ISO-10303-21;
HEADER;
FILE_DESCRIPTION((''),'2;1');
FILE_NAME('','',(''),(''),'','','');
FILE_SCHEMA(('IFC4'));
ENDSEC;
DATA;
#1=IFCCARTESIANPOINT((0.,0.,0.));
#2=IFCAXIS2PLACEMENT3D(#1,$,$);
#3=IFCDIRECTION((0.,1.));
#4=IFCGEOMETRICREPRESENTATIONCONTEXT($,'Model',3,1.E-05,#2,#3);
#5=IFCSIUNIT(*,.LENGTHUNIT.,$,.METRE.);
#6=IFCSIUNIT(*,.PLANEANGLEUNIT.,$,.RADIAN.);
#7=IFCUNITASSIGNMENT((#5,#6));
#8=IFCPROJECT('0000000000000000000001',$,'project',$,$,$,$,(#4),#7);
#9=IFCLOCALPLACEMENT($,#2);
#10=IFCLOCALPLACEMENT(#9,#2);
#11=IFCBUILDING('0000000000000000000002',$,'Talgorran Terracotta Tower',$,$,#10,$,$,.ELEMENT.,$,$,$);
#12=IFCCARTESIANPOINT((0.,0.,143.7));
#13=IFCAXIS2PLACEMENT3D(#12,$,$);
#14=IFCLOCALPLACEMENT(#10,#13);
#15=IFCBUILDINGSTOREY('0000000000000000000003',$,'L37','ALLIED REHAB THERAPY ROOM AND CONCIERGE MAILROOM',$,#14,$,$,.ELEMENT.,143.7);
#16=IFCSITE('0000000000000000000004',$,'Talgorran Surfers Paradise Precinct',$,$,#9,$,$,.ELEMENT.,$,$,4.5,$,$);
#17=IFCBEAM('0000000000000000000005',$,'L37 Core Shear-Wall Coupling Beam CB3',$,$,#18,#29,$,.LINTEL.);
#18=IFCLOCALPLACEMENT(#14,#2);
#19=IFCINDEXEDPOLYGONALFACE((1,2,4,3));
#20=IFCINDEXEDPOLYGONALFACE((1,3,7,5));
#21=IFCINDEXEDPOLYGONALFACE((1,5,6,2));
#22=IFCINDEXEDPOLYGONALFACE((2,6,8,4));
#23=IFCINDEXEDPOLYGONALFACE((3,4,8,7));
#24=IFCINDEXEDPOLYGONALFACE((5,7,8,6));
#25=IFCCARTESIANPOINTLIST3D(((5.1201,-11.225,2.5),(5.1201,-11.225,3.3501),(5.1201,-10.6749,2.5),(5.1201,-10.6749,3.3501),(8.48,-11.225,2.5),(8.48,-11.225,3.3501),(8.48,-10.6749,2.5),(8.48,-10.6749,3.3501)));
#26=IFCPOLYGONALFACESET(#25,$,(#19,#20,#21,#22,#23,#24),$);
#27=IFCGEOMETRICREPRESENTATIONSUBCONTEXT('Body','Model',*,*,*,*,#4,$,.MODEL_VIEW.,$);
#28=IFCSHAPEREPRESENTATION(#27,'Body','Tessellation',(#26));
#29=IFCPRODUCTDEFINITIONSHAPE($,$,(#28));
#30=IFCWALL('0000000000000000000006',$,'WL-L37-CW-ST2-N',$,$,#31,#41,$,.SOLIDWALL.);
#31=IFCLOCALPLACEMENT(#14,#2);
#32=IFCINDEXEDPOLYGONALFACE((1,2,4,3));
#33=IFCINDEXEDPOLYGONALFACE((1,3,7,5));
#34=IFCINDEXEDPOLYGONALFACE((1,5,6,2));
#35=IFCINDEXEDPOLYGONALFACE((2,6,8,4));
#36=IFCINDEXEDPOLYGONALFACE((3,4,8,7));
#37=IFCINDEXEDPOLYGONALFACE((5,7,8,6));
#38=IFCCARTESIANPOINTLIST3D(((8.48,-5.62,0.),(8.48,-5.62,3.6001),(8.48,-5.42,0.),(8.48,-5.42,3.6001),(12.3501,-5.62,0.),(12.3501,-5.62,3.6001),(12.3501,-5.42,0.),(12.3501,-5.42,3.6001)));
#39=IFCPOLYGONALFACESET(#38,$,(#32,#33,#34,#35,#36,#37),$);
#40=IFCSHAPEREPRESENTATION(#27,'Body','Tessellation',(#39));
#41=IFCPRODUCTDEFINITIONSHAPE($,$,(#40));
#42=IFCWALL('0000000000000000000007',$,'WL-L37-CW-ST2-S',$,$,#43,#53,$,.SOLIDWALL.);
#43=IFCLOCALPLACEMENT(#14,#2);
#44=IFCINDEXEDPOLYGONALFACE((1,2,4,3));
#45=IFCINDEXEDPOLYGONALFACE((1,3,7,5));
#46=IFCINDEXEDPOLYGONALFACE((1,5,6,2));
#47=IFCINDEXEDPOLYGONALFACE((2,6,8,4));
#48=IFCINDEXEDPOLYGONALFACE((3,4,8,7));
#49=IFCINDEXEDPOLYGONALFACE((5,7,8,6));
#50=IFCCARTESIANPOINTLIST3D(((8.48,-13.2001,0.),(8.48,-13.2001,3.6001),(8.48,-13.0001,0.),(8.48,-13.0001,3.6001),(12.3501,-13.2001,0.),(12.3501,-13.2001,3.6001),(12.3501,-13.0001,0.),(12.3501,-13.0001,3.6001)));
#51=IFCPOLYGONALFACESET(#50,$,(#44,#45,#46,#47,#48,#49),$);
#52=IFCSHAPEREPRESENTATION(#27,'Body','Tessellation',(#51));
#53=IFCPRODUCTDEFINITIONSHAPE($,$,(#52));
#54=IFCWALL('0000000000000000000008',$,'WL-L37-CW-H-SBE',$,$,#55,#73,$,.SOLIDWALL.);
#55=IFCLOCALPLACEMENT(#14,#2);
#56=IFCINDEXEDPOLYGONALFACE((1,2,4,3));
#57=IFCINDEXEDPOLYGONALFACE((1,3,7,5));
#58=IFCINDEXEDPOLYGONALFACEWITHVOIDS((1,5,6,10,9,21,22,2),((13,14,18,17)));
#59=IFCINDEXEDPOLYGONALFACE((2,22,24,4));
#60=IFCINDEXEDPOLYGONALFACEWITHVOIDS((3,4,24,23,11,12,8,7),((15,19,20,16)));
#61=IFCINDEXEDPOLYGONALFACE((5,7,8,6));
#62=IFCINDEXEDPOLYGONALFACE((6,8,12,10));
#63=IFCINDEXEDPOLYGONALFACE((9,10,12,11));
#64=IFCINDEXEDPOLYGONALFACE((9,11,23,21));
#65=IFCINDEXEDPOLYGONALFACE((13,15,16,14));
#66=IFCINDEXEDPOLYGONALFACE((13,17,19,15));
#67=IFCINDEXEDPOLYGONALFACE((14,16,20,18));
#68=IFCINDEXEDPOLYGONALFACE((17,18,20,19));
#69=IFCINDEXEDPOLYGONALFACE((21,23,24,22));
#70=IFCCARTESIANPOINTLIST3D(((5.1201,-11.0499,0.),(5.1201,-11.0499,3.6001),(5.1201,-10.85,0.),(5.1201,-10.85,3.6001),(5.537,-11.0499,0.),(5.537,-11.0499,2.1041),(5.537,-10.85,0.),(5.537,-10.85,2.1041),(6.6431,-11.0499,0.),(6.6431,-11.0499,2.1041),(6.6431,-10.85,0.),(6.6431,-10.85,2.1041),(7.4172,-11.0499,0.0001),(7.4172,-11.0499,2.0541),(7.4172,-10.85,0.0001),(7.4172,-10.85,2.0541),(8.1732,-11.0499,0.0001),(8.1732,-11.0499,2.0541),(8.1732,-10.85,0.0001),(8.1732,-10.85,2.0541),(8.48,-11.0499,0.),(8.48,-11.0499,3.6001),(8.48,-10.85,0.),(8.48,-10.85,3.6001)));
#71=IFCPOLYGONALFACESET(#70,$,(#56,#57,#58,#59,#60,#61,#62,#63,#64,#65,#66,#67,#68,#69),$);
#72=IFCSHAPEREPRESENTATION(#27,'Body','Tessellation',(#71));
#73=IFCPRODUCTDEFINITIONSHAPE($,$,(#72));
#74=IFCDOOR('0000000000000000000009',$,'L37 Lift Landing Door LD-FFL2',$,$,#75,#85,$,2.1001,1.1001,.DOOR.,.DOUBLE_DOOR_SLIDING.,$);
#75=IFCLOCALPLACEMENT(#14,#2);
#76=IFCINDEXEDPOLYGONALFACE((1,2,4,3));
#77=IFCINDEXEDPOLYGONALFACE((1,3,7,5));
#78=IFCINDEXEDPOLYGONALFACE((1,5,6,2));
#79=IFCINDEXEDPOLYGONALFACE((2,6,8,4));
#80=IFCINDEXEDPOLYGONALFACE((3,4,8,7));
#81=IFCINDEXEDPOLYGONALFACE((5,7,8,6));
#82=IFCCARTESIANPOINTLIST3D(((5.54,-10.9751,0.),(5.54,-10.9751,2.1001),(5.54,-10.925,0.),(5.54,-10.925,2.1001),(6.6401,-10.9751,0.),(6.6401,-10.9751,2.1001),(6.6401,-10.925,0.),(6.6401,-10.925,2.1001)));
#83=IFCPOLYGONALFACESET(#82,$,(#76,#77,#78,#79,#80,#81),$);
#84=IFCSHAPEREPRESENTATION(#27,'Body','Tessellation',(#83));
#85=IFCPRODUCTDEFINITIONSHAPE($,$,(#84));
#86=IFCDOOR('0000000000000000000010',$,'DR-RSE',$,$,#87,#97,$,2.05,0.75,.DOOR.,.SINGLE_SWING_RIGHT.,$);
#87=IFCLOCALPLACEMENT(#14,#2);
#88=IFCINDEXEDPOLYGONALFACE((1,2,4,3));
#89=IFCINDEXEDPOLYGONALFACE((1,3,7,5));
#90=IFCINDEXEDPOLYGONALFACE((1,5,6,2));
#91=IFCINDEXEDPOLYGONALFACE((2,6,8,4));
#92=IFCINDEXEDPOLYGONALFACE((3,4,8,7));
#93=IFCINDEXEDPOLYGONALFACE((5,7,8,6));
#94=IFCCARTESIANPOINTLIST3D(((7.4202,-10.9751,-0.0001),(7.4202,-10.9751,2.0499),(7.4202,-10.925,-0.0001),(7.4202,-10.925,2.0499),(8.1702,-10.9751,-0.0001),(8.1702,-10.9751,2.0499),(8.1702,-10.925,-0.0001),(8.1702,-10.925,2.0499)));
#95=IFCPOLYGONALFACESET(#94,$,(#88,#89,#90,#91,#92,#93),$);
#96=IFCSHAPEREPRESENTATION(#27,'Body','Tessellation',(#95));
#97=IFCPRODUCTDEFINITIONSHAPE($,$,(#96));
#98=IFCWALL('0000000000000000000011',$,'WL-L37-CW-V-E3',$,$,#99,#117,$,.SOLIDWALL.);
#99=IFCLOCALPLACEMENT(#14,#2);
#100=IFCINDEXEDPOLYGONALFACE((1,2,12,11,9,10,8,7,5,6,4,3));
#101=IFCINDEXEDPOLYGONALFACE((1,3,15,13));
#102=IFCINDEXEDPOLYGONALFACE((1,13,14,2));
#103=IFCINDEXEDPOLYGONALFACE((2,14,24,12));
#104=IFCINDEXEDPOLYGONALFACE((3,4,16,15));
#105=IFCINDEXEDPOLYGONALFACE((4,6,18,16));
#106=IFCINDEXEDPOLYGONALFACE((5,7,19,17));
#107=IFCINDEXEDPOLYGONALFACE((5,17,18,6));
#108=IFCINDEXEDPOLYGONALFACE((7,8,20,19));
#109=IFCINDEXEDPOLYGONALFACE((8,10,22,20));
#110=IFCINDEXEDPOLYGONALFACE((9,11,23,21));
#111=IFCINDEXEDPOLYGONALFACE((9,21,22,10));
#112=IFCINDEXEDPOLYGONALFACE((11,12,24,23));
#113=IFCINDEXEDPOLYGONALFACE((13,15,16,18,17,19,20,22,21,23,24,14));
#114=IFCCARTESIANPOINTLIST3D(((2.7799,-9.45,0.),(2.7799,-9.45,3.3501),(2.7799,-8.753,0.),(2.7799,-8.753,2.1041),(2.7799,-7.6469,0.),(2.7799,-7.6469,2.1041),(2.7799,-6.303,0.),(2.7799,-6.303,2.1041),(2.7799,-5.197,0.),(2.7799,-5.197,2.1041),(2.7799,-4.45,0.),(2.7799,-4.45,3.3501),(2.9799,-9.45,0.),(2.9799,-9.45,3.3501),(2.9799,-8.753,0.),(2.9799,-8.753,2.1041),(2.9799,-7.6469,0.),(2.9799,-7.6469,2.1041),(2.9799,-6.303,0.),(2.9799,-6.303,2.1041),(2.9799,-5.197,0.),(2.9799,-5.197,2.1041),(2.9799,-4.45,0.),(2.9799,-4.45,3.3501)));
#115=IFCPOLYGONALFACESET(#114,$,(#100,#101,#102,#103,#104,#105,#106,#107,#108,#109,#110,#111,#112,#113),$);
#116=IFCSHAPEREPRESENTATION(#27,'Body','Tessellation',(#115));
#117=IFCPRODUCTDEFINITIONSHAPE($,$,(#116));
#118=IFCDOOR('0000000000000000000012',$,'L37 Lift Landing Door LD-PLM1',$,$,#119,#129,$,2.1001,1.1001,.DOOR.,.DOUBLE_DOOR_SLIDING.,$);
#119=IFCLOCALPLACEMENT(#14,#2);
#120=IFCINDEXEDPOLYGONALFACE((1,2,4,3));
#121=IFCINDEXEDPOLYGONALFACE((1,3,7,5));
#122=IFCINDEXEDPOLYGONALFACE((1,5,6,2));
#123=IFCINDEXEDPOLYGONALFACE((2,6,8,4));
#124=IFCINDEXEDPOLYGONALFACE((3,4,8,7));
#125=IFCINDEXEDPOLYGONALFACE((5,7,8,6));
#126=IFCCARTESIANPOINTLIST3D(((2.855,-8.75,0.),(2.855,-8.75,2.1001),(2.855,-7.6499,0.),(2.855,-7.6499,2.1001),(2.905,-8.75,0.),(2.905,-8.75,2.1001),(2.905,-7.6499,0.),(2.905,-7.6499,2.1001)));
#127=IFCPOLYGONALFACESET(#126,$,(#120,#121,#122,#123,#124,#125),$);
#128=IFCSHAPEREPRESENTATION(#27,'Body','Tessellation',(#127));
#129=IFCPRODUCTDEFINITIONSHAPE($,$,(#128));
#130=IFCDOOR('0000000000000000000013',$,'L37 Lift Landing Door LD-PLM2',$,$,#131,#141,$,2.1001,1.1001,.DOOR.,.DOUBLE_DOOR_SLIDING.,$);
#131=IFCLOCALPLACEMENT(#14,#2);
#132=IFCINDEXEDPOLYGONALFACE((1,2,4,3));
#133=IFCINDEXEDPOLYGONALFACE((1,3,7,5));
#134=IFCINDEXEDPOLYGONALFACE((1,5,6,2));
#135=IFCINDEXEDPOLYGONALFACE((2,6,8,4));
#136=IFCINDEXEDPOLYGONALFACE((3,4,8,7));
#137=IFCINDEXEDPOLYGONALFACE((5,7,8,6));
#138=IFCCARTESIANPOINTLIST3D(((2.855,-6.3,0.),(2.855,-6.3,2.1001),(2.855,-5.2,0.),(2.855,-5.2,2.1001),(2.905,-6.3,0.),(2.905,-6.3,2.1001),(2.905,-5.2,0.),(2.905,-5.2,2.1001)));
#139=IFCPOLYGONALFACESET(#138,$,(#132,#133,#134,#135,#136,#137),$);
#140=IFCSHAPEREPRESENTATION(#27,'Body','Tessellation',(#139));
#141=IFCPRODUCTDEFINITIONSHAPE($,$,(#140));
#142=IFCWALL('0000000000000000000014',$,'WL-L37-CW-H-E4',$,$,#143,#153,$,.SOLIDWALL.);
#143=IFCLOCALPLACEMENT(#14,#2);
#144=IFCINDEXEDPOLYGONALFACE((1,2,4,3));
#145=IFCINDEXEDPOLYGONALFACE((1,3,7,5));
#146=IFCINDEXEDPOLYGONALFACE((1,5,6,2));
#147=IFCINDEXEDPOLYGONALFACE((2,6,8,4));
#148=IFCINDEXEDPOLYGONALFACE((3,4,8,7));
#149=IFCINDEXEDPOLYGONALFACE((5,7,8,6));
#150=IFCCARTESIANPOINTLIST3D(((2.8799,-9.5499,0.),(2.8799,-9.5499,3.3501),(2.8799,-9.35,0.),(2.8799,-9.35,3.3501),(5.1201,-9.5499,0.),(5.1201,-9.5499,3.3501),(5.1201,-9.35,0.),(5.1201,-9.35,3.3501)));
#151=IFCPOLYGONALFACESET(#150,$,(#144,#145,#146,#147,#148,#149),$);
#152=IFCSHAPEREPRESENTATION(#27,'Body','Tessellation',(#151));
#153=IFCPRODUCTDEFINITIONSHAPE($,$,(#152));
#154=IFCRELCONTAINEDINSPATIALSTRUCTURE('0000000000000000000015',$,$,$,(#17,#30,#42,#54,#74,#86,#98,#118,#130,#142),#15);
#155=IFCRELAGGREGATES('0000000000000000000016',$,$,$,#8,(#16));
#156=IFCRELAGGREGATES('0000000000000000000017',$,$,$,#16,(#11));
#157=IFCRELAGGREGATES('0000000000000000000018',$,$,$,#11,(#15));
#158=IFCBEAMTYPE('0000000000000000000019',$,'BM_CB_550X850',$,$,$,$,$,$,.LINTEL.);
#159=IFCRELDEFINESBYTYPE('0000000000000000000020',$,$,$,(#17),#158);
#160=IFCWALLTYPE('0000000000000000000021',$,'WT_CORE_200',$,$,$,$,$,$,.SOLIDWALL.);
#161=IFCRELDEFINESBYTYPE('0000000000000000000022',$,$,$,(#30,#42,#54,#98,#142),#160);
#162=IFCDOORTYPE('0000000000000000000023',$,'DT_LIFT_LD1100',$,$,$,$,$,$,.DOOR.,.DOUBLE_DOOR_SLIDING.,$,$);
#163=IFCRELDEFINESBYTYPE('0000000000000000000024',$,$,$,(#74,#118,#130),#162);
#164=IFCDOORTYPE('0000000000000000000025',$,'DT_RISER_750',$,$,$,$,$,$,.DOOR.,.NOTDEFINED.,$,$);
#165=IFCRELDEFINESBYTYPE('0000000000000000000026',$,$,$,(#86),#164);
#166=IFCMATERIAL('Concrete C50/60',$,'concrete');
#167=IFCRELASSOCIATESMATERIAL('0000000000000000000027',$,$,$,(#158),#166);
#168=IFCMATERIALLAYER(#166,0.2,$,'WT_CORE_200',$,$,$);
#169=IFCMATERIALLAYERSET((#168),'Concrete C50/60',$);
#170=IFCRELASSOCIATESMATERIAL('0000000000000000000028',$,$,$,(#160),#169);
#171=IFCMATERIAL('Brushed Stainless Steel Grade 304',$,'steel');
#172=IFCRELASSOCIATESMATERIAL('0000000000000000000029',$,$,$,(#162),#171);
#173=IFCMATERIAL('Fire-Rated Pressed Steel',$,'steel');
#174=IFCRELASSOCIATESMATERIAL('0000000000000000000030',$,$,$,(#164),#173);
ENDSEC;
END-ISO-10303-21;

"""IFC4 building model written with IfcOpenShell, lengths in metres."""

from ifc_helpers import new_model, si_unit, direction, frame, frame_2d, origin, origin_2d, place, context, subcontext, project, spatial, rectangle, extrude, material, layer, layer_set, material_profile, profile_set, type_object, element, fill, save


model = new_model("IFC4")

# Units and contexts
model_context = context("Model", 3, precision=1e-05, world=origin(), true_north=direction((0.0, 1.0)))
body_context = subcontext(model_context, "Body", "Model", "MODEL_VIEW")
ifc_project = project(units=[si_unit("LENGTHUNIT", "METRE"), si_unit("PLANEANGLEUNIT", "RADIAN")], contexts=[model_context])

# Site, building, storey
site_placement = place(None, origin())
site = spatial("IfcSite", under=ifc_project, at=site_placement, Name="Talgorran Surfers Paradise Precinct", CompositionType="ELEMENT", RefElevation=4.5)
building_placement = place(site_placement, origin())
building = spatial("IfcBuilding", under=site, at=building_placement, Name="Talgorran Terracotta Tower", CompositionType="ELEMENT")
storey_placement = place(building_placement, frame((0.0, 0.0, 143.7)))
storey = spatial("IfcBuildingStorey", under=building, at=storey_placement, Name="L37", Description="ALLIED REHAB THERAPY ROOM AND CONCIERGE MAILROOM", CompositionType="ELEMENT", Elevation=143.7)

# Beam
ifc_material_1 = material(Name="Concrete C50/60", Category="concrete")
ifc_material_profile = material_profile(ifc_material_1, rectangle(XDim=0.55, YDim=0.8501, at=origin_2d()), Name="RCCB550X850")
ifc_profile_set = profile_set([ifc_material_profile], Name="Concrete C50/60")
beam_type = type_object("IfcBeamType", Name="BM_CB_550X850", PredefinedType="LINTEL", material=ifc_profile_set)
beam_placement = place(storey_placement, frame((5.1201, -10.95, 2.925), z_axis=(1.0, 0.0, 0.0), x_axis=(0.0, 1.0, 0.0)))
element("IfcBeam", 1, at=beam_placement, inside=storey, type_object=beam_type, Name="L37 Core Shear-Wall Coupling Beam CB3", PredefinedType="LINTEL", context=body_context, shape_type="SweptSolid", body=[
    extrude(rectangle(XDim=0.55, YDim=0.8501, at=origin_2d()), origin(), (0.0, 0.0, 1.0), 3.3599),
])

# Walls
ifc_layer_1 = layer(ifc_material_1, 0.2, Name="WT_CORE_200")
ifc_layer_set_1 = layer_set([ifc_layer_1], Name="Concrete C50/60")
wall_type_1 = type_object("IfcWallType", Name="WT_CORE_200", PredefinedType="SOLIDWALL", material=ifc_layer_set_1)
for number, where, z_axis, x_axis, name in (
    (2, (8.48, -5.52, 0.0), (0.0, 0.0, 1.0), (1.0, 0.0, 0.0), "WL-L37-CW-ST2-N"),
    (3, (8.48, -13.1001, 0.0), (0.0, 0.0, 1.0), (1.0, 0.0, 0.0), "WL-L37-CW-ST2-S"),
):
    element("IfcWall", number, at=place(storey_placement, frame(where, z_axis=z_axis, x_axis=x_axis)), inside=storey, type_object=wall_type_1, Name=name, PredefinedType="SOLIDWALL", context=body_context, shape_type="SweptSolid", body=[
        extrude(rectangle(XDim=3.8701, YDim=0.2, at=frame_2d((1.9351, 0.0))), origin(), (0.0, 0.0, 1.0), 3.6001),
    ])

# Walls, openings, doors
wall_1_placement = place(storey_placement, frame((5.1201, -10.95, 0.0), z_axis=(0.0, 0.0, 1.0), x_axis=(1.0, 0.0, 0.0)))
wall_1 = element("IfcWall", 4, at=wall_1_placement, inside=storey, type_object=wall_type_1, Name="WL-L37-CW-H-SBE", PredefinedType="SOLIDWALL", context=body_context, shape_type="SweptSolid", body=[
    extrude(rectangle(XDim=3.3599, YDim=0.2, at=frame_2d((1.6799, 0.0))), origin(), (0.0, 0.0, 1.0), 3.6001),
])
opening_1_placement = place(wall_1_placement, frame((0.4199, 0.0, 0.0)))
opening_1 = element("IfcOpeningElement", 5, at=opening_1_placement, cuts=wall_1, PredefinedType="OPENING", context=body_context, shape_type="SweptSolid", body=[
    extrude(rectangle(XDim=1.1061, YDim=2.1041, at=frame_2d((0.55, 1.052))), frame((0.0, 0.1099, 0.0), z_axis=(0.0, -1.0, 0.0), x_axis=(1.0, 0.0, 0.0)), (0.0, 0.0, 1.0), 0.22),
])
opening_2_placement = place(wall_1_placement, frame((2.3, 0.0, 0.0)))
opening_2 = element("IfcOpeningElement", 6, at=opening_2_placement, cuts=wall_1, PredefinedType="OPENING", context=body_context, shape_type="SweptSolid", body=[
    extrude(rectangle(XDim=0.756, YDim=2.054, at=frame_2d((0.375, 1.0271))), frame((0.0, 0.1099, 0.0), z_axis=(0.0, -1.0, 0.0), x_axis=(1.0, 0.0, 0.0)), (0.0, 0.0, 1.0), 0.22),
])
ifc_material_2 = material(Name="Brushed Stainless Steel Grade 304", Category="steel")
door_type_1 = type_object("IfcDoorType", Name="DT_LIFT_LD1100", OperationType="DOUBLE_DOOR_SLIDING", PredefinedType="DOOR", material=ifc_material_2)
door_1_placement = place(opening_1_placement, origin())
door_1 = element("IfcDoor", 7, at=door_1_placement, inside=storey, type_object=door_type_1, Name="L37 Lift Landing Door LD-FFL2", OperationType="DOUBLE_DOOR_SLIDING", OverallHeight=2.1001, OverallWidth=1.1001, PredefinedType="DOOR", context=body_context, shape_type="SweptSolid", body=[
    extrude(rectangle(XDim=1.1001, YDim=2.1001, at=frame_2d((0.55, 1.05))), frame((0.0, 0.0249, 0.0), z_axis=(0.0, -1.0, 0.0), x_axis=(1.0, 0.0, 0.0)), (0.0, 0.0, 1.0), 0.05),
])
fill(opening_1, door_1)
ifc_material_3 = material(Name="Fire-Rated Pressed Steel", Category="steel")
door_type_2 = type_object("IfcDoorType", Name="DT_RISER_750", OperationType="NOTDEFINED", PredefinedType="DOOR", material=ifc_material_3)
door_2_placement = place(opening_2_placement, origin())
door_2 = element("IfcDoor", 8, at=door_2_placement, inside=storey, type_object=door_type_2, Name="DR-RSE", OperationType="SINGLE_SWING_RIGHT", OverallHeight=2.05, OverallWidth=0.75, PredefinedType="DOOR", context=body_context, shape_type="SweptSolid", body=[
    extrude(rectangle(XDim=0.75, YDim=2.05, at=frame_2d((0.375, 1.0249))), frame((0.0, 0.0249, 0.0), z_axis=(0.0, -1.0, 0.0), x_axis=(1.0, 0.0, 0.0)), (0.0, 0.0, 1.0), 0.05),
])
fill(opening_2, door_2)
wall_2_placement = place(storey_placement, frame((2.8799, -9.45, 0.0), z_axis=(0.0, 0.0, 1.0), x_axis=(0.0, 1.0, 0.0)))
wall_2 = element("IfcWall", 9, at=wall_2_placement, inside=storey, type_object=wall_type_1, Name="WL-L37-CW-V-E3", PredefinedType="SOLIDWALL", context=body_context, shape_type="SweptSolid", body=[
    extrude(rectangle(XDim=5.0, YDim=0.2, at=frame_2d((2.5, 0.0))), origin(), (0.0, 0.0, 1.0), 3.3501),
])
opening_3_placement = place(wall_2_placement, frame((0.7, 0.0, 0.0)))
opening_3 = element("IfcOpeningElement", 10, at=opening_3_placement, cuts=wall_2, PredefinedType="OPENING", context=body_context, shape_type="SweptSolid", body=[
    extrude(rectangle(XDim=1.1061, YDim=2.1041, at=frame_2d((0.55, 1.052))), frame((0.0, 0.1099, 0.0), z_axis=(0.0, -1.0, 0.0), x_axis=(1.0, 0.0, 0.0)), (0.0, 0.0, 1.0), 0.22),
])
opening_4_placement = place(wall_2_placement, frame((3.1499, 0.0, 0.0)))
opening_4 = element("IfcOpeningElement", 11, at=opening_4_placement, cuts=wall_2, PredefinedType="OPENING", context=body_context, shape_type="SweptSolid", body=[
    extrude(rectangle(XDim=1.1061, YDim=2.1041, at=frame_2d((0.55, 1.052))), frame((0.0, 0.1099, 0.0), z_axis=(0.0, -1.0, 0.0), x_axis=(1.0, 0.0, 0.0)), (0.0, 0.0, 1.0), 0.22),
])
door_3_placement = place(opening_3_placement, origin())
door_3 = element("IfcDoor", 12, at=door_3_placement, inside=storey, type_object=door_type_1, Name="L37 Lift Landing Door LD-PLM1", OperationType="DOUBLE_DOOR_SLIDING", OverallHeight=2.1001, OverallWidth=1.1001, PredefinedType="DOOR", context=body_context, shape_type="SweptSolid", body=[
    extrude(rectangle(XDim=1.1001, YDim=2.1001, at=frame_2d((0.55, 1.05))), frame((0.0, 0.0249, 0.0), z_axis=(0.0, -1.0, 0.0), x_axis=(1.0, 0.0, 0.0)), (0.0, 0.0, 1.0), 0.05),
])
fill(opening_3, door_3)
door_4_placement = place(opening_4_placement, origin())
door_4 = element("IfcDoor", 13, at=door_4_placement, inside=storey, type_object=door_type_1, Name="L37 Lift Landing Door LD-PLM2", OperationType="DOUBLE_DOOR_SLIDING", OverallHeight=2.1001, OverallWidth=1.1001, PredefinedType="DOOR", context=body_context, shape_type="SweptSolid", body=[
    extrude(rectangle(XDim=1.1001, YDim=2.1001, at=frame_2d((0.55, 1.05))), frame((0.0, 0.0249, 0.0), z_axis=(0.0, -1.0, 0.0), x_axis=(1.0, 0.0, 0.0)), (0.0, 0.0, 1.0), 0.05),
])
fill(opening_4, door_4)

# Wall
wall_3_placement = place(storey_placement, frame((2.8799, -9.45, 0.0), z_axis=(0.0, 0.0, 1.0), x_axis=(1.0, 0.0, 0.0)))
element("IfcWall", 14, at=wall_3_placement, inside=storey, type_object=wall_type_1, Name="WL-L37-CW-H-E4", PredefinedType="SOLIDWALL", context=body_context, shape_type="SweptSolid", body=[
    extrude(rectangle(XDim=2.2402, YDim=0.2, at=frame_2d((1.1201, 0.0))), origin(), (0.0, 0.0, 1.0), 3.3501),
])

save(model, "model.ifc")
